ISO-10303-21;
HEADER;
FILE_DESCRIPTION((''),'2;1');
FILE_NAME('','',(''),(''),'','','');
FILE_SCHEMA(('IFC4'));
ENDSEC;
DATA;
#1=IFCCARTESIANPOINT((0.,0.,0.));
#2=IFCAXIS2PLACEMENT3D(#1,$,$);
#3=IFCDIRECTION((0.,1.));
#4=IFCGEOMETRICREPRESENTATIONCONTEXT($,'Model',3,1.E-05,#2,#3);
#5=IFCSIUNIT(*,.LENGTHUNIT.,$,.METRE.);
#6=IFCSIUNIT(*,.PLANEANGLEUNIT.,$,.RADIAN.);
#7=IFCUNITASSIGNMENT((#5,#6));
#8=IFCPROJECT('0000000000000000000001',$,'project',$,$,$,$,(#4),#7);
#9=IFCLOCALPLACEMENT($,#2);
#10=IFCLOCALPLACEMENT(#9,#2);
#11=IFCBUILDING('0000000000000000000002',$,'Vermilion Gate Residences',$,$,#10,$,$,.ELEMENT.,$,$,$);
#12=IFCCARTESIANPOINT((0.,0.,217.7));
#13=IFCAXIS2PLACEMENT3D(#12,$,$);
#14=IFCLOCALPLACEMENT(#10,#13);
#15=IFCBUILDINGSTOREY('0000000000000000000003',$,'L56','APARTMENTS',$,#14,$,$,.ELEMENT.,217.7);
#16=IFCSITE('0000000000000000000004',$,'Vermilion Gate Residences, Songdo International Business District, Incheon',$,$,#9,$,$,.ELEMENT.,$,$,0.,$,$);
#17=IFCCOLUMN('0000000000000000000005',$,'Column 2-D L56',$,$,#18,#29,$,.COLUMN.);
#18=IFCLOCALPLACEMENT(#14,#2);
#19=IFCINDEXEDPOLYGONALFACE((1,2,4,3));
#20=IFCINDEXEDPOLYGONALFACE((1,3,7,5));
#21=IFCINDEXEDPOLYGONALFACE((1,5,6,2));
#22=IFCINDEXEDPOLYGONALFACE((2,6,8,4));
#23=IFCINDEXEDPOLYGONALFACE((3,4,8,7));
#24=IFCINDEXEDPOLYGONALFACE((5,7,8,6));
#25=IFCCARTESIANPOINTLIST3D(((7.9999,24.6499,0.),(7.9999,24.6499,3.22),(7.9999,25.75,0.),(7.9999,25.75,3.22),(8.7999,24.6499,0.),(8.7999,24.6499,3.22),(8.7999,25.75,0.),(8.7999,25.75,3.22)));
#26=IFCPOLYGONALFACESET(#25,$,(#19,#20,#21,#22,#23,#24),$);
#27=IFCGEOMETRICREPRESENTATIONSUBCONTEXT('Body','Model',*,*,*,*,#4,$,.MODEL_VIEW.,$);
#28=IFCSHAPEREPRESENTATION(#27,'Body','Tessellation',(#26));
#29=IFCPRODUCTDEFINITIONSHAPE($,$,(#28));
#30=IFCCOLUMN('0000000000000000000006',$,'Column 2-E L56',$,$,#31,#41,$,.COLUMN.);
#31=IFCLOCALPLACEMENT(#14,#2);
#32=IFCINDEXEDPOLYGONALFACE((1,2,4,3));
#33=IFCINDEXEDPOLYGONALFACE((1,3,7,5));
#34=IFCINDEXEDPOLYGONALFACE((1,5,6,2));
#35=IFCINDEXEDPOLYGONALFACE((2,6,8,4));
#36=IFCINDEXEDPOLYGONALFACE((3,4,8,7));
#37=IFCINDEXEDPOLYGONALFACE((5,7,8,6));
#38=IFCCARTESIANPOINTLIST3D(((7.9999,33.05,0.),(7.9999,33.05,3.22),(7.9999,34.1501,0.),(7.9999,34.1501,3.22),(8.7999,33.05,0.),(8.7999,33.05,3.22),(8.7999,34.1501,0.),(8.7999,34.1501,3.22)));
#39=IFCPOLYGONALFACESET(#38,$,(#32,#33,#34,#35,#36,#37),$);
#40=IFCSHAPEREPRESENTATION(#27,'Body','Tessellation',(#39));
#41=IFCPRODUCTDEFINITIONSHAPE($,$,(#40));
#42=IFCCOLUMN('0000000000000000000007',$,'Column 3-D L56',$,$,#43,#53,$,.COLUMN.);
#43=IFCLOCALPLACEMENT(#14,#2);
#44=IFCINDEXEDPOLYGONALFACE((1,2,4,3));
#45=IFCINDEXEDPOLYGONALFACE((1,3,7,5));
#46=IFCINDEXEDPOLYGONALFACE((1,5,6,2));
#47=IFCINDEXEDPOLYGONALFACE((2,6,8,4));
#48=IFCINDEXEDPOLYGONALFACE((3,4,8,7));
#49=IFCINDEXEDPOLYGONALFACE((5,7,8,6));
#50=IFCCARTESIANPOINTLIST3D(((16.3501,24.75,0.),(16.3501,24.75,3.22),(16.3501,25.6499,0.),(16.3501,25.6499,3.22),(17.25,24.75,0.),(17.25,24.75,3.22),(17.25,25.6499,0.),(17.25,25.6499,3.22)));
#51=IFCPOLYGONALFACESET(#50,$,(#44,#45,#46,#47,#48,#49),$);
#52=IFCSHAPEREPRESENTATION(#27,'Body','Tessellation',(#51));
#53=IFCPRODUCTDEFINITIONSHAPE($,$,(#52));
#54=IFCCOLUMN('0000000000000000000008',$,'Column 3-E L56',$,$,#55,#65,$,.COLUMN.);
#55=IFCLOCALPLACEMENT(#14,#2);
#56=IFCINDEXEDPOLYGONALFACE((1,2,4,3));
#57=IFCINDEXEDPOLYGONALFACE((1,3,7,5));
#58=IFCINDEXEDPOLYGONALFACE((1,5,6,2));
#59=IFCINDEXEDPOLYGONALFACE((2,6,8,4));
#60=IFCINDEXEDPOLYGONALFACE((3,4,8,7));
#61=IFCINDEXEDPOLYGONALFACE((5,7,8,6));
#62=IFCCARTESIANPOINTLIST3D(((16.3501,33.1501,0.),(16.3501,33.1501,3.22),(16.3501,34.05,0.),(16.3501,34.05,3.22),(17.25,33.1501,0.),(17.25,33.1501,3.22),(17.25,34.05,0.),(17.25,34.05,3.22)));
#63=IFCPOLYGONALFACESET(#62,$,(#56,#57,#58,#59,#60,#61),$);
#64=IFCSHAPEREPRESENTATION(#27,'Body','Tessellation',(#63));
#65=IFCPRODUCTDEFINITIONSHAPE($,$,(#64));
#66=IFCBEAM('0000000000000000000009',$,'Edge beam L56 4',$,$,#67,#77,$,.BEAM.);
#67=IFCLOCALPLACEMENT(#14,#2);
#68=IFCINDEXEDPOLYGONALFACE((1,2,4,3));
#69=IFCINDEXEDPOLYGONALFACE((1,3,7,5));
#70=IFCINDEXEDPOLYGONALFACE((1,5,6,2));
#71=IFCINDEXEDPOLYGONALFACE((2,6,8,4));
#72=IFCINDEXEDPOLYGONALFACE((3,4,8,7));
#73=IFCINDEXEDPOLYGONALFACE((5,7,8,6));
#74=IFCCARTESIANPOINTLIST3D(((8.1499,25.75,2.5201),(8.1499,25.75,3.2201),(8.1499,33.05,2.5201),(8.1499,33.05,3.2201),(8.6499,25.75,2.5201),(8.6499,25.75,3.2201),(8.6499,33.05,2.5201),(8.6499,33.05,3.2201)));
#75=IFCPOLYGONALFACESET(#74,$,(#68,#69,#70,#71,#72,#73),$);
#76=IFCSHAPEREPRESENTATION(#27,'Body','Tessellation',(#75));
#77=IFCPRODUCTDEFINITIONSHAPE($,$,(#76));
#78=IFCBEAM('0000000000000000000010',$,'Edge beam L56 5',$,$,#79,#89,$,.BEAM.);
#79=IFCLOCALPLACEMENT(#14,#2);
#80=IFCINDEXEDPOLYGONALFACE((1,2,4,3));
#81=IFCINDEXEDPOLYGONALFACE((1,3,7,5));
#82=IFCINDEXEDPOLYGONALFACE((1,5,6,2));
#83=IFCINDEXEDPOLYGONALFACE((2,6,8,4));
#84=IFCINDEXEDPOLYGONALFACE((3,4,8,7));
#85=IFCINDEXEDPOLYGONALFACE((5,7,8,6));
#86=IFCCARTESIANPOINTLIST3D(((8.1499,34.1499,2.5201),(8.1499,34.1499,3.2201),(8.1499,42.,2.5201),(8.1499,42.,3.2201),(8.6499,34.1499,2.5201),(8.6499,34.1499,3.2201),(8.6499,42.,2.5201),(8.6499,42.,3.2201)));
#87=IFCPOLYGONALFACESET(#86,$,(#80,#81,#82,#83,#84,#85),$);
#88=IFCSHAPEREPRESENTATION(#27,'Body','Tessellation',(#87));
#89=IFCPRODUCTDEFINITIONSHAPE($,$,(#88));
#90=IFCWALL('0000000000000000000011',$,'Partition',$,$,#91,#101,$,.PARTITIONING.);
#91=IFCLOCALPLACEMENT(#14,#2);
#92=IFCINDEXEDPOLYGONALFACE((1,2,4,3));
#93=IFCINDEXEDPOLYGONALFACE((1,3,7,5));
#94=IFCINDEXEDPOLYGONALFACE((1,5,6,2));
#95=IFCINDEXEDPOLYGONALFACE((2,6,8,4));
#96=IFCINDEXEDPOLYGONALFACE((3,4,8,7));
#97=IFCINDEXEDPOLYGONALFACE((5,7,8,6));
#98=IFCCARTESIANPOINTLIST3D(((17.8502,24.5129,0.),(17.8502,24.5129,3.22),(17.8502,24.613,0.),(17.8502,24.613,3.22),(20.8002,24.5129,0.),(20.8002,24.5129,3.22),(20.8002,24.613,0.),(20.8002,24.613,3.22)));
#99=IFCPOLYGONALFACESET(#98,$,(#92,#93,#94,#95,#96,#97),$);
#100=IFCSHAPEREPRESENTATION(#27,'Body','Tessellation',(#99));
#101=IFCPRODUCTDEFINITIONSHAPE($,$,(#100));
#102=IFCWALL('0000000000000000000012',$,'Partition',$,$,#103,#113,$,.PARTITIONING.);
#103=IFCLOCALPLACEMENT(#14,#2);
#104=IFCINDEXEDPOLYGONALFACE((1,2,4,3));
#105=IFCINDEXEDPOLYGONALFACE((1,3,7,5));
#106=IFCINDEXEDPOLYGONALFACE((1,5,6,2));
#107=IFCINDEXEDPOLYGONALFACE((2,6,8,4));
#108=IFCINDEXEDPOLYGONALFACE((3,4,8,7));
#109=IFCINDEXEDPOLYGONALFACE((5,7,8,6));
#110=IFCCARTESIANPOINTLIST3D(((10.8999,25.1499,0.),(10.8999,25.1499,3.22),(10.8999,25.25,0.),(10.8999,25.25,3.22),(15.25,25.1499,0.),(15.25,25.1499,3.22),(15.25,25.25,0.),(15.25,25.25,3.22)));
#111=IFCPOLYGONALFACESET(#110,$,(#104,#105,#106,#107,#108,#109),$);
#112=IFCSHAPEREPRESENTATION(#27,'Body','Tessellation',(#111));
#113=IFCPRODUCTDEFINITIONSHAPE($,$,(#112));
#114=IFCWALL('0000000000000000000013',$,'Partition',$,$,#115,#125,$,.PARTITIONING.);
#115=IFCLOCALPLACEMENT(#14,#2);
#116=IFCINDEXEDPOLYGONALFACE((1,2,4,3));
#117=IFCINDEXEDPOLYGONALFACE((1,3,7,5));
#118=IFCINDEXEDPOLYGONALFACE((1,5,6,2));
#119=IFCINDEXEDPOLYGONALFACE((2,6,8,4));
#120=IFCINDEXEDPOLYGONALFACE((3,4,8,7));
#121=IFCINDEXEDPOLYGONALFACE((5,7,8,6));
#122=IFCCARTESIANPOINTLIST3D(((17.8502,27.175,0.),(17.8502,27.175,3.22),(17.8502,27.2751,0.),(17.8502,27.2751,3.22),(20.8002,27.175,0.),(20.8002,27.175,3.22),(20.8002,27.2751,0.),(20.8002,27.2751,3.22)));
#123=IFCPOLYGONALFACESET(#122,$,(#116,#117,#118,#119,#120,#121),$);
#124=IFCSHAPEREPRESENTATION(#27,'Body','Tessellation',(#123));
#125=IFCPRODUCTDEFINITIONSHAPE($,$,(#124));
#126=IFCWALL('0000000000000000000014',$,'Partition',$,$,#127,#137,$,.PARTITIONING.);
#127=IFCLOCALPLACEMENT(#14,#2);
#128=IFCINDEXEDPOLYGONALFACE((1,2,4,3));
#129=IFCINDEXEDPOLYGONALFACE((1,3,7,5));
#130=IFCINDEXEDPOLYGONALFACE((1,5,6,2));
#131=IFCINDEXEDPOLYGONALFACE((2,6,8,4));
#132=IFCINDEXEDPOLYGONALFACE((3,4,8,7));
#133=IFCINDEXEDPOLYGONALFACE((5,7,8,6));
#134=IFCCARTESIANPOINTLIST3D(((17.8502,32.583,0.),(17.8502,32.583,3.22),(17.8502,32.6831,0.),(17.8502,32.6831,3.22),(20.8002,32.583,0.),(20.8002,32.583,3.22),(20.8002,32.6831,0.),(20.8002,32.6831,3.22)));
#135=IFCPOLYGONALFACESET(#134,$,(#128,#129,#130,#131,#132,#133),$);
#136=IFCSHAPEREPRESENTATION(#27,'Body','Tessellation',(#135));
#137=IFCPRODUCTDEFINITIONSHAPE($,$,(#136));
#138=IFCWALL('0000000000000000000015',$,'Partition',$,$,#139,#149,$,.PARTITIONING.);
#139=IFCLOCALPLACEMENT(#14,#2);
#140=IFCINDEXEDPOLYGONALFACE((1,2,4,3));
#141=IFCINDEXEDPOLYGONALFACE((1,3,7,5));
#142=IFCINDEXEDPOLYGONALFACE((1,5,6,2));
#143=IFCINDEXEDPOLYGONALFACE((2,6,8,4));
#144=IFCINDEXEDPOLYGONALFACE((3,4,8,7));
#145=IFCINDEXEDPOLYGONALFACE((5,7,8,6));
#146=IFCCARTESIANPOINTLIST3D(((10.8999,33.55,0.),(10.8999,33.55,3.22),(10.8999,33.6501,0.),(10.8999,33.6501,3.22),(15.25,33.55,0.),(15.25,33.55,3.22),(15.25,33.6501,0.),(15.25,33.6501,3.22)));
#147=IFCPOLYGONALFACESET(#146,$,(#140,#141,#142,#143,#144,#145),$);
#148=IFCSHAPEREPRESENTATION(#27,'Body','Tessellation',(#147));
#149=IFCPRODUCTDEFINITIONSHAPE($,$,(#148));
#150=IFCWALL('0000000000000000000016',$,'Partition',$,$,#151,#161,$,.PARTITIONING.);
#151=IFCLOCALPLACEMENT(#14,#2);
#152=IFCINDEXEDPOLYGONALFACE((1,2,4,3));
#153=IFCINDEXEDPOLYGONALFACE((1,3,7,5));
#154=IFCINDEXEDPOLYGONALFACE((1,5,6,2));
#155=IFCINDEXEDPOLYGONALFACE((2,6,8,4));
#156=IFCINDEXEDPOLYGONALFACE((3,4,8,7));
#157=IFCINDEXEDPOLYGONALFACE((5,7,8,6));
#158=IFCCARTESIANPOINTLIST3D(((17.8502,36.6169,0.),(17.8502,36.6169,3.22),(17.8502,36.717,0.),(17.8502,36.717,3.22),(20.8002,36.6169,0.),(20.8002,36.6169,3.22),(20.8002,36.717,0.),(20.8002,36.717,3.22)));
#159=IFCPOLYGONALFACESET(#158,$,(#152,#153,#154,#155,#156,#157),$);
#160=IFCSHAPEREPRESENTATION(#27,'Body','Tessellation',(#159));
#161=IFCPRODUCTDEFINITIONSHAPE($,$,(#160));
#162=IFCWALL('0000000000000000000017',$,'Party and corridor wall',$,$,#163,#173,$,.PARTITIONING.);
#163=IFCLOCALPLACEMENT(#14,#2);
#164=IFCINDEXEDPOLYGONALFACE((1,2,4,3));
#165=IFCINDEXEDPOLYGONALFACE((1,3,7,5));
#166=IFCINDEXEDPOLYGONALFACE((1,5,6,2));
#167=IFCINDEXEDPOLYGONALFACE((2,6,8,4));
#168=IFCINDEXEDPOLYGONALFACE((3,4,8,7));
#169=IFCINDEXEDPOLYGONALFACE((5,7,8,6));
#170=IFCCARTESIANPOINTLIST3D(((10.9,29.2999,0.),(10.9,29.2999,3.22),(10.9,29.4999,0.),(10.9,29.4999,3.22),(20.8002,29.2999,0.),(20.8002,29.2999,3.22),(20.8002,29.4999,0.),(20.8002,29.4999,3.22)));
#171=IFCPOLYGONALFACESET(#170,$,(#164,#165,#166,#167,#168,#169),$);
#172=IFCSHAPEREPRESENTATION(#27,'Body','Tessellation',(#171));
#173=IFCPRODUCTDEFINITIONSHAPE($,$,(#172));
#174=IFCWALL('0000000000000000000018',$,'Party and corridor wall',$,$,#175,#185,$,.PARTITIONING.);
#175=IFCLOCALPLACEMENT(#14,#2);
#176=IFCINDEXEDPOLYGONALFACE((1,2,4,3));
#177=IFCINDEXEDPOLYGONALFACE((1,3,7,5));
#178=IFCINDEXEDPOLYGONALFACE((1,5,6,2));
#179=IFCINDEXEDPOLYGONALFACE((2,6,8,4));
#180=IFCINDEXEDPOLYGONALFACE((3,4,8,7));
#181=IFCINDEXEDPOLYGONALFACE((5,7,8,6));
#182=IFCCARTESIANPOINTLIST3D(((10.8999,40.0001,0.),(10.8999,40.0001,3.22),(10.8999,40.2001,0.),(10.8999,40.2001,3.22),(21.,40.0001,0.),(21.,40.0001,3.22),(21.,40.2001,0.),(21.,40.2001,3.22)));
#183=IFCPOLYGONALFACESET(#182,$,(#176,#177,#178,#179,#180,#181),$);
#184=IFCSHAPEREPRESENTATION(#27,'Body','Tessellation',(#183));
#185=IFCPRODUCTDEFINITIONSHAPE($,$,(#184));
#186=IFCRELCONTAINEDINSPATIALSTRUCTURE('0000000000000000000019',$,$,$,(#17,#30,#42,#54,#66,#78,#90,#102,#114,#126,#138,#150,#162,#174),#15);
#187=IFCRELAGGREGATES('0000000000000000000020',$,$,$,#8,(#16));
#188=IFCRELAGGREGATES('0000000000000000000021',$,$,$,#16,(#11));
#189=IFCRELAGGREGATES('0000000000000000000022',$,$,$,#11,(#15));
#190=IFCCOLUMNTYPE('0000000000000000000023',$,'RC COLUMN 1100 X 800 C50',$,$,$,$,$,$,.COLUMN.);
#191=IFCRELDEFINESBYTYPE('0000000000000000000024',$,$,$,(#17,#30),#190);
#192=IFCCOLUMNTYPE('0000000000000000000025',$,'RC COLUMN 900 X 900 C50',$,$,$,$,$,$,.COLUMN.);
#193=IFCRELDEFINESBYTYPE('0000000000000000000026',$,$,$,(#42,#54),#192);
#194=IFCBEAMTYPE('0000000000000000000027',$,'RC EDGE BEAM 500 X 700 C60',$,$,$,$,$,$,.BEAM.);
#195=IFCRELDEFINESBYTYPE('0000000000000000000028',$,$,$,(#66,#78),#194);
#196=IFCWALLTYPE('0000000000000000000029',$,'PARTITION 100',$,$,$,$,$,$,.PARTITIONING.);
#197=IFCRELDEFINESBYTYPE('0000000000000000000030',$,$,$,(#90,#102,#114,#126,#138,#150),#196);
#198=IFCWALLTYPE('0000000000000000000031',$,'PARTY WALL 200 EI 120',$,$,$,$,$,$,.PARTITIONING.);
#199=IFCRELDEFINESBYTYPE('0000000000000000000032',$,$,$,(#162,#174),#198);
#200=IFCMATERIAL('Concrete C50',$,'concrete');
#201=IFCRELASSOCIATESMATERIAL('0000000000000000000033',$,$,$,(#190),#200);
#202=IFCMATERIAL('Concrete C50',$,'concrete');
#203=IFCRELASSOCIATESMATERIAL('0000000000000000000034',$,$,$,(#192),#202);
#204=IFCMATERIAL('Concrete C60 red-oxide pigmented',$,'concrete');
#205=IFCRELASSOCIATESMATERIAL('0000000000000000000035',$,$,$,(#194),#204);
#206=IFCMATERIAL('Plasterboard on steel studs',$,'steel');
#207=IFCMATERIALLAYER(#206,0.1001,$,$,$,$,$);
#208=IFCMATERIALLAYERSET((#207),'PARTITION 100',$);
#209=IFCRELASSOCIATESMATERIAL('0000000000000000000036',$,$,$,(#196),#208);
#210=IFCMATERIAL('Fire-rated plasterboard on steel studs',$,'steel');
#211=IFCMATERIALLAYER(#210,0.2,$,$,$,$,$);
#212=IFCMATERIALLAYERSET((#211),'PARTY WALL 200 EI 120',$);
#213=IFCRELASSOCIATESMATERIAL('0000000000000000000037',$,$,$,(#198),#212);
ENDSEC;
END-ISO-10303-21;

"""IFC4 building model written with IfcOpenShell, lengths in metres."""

from ifc_helpers import new_model, si_unit, direction, frame, frame_2d, origin, origin_2d, place, context, subcontext, project, spatial, rectangle, extrude, material, layer, layer_set, material_profile, profile_set, type_object, element, save


model = new_model("IFC4")

# Units and contexts
model_context = context("Model", 3, precision=1e-05, world=origin(), true_north=direction((0.0, 1.0)))
body_context = subcontext(model_context, "Body", "Model", "MODEL_VIEW")
ifc_project = project(units=[si_unit("LENGTHUNIT", "METRE"), si_unit("PLANEANGLEUNIT", "RADIAN")], contexts=[model_context])

# Site, building, storey
site_placement = place(None, origin())
site = spatial("IfcSite", under=ifc_project, at=site_placement, Name="Vermilion Gate Residences, Songdo International Business District, Incheon", CompositionType="ELEMENT", RefElevation=0.0)
building_placement = place(site_placement, origin())
building = spatial("IfcBuilding", under=site, at=building_placement, Name="Vermilion Gate Residences", CompositionType="ELEMENT")
storey_placement = place(building_placement, frame((0.0, 0.0, 217.7)))
storey = spatial("IfcBuildingStorey", under=building, at=storey_placement, Name="L56", Description="APARTMENTS", CompositionType="ELEMENT", Elevation=217.7)

# Columns
ifc_material_1 = material(Name="Concrete C50", Category="concrete")
ifc_material_profile_1 = material_profile(ifc_material_1, rectangle(XDim=1.1001, YDim=0.8, at=origin_2d()), Name="RC-1100x800")
ifc_profile_set_1 = profile_set([ifc_material_profile_1], Name="Concrete C50")
column_type_1 = type_object("IfcColumnType", Name="RC COLUMN 1100 X 800 C50", PredefinedType="COLUMN", material=ifc_profile_set_1)
for number, where, z_axis, x_axis, name in (
    (1, (8.3999, 25.2, 0.0), (0.0, 0.0, 1.0), (0.0, 1.0, 0.0), "Column 2-D L56"),
    (2, (8.3999, 33.6001, 0.0), (0.0, 0.0, 1.0), (0.0, 1.0, 0.0), "Column 2-E L56"),
):
    element("IfcColumn", number, at=place(storey_placement, frame(where, z_axis=z_axis, x_axis=x_axis)), inside=storey, type_object=column_type_1, Name=name, PredefinedType="COLUMN", context=body_context, shape_type="SweptSolid", body=[
        extrude(rectangle(XDim=1.1001, YDim=0.8, at=origin_2d()), origin(), (0.0, 0.0, 1.0), 3.22),
    ])
ifc_material_2 = material(Name="Concrete C50", Category="concrete")
ifc_material_profile_2 = material_profile(ifc_material_2, rectangle(XDim=0.8999, YDim=0.8999, at=origin_2d()), Name="RC-900x900")
ifc_profile_set_2 = profile_set([ifc_material_profile_2], Name="Concrete C50")
column_type_2 = type_object("IfcColumnType", Name="RC COLUMN 900 X 900 C50", PredefinedType="COLUMN", material=ifc_profile_set_2)
for number, where, z_axis, x_axis, name in (
    (3, (16.8, 25.2, 0.0), (0.0, 0.0, 1.0), (1.0, 0.0, 0.0), "Column 3-D L56"),
    (4, (16.8, 33.6001, 0.0), (0.0, 0.0, 1.0), (1.0, 0.0, 0.0), "Column 3-E L56"),
):
    element("IfcColumn", number, at=place(storey_placement, frame(where, z_axis=z_axis, x_axis=x_axis)), inside=storey, type_object=column_type_2, Name=name, PredefinedType="COLUMN", context=body_context, shape_type="SweptSolid", body=[
        extrude(rectangle(XDim=0.8999, YDim=0.8999, at=origin_2d()), origin(), (0.0, 0.0, 1.0), 3.22),
    ])

# Beams
ifc_material_3 = material(Name="Concrete C60 red-oxide pigmented", Category="concrete")
ifc_material_profile_3 = material_profile(ifc_material_3, rectangle(XDim=0.5, YDim=0.7, at=origin_2d()), Name="RC-500x700")
ifc_profile_set_3 = profile_set([ifc_material_profile_3], Name="Concrete C60 red-oxide pigmented")
beam_type = type_object("IfcBeamType", Name="RC EDGE BEAM 500 X 700 C60", PredefinedType="BEAM", material=ifc_profile_set_3)
beam_1_placement = place(storey_placement, frame((8.3999, 25.75, 2.8701), z_axis=(0.0, 1.0, 0.0), x_axis=(-1.0, 0.0, 0.0)))
element("IfcBeam", 5, at=beam_1_placement, inside=storey, type_object=beam_type, Name="Edge beam L56 4", PredefinedType="BEAM", context=body_context, shape_type="SweptSolid", body=[
    extrude(rectangle(XDim=0.5, YDim=0.7, at=origin_2d()), origin(), (0.0, 0.0, 1.0), 7.3),
])
beam_2_placement = place(storey_placement, frame((8.3999, 34.1499, 2.8701), z_axis=(0.0, 1.0, 0.0), x_axis=(-1.0, 0.0, 0.0)))
element("IfcBeam", 6, at=beam_2_placement, inside=storey, type_object=beam_type, Name="Edge beam L56 5", PredefinedType="BEAM", context=body_context, shape_type="SweptSolid", body=[
    extrude(rectangle(XDim=0.5, YDim=0.7, at=origin_2d()), origin(), (0.0, 0.0, 1.0), 7.8501),
])

# Walls
ifc_material_4 = material(Name="Plasterboard on steel studs", Category="steel")
ifc_layer_1 = layer(ifc_material_4, 0.1001)
ifc_layer_set_1 = layer_set([ifc_layer_1], Name="PARTITION 100")
wall_type_1 = type_object("IfcWallType", Name="PARTITION 100", PredefinedType="PARTITIONING", material=ifc_layer_set_1)
wall_1_placement = place(storey_placement, frame((17.8501, 24.563, 0.0), z_axis=(0.0, 0.0, 1.0), x_axis=(1.0, 0.0, 0.0)))
element("IfcWall", 7, at=wall_1_placement, inside=storey, type_object=wall_type_1, Name="Partition", PredefinedType="PARTITIONING", context=body_context, shape_type="SweptSolid", body=[
    extrude(rectangle(XDim=2.95, YDim=0.1001, at=frame_2d((1.4751, 0.0))), origin(), (0.0, 0.0, 1.0), 3.22),
])
wall_2_placement = place(storey_placement, frame((10.8999, 25.2, 0.0), z_axis=(0.0, 0.0, 1.0), x_axis=(1.0, 0.0, 0.0)))
element("IfcWall", 8, at=wall_2_placement, inside=storey, type_object=wall_type_1, Name="Partition", PredefinedType="PARTITIONING", context=body_context, shape_type="SweptSolid", body=[
    extrude(rectangle(XDim=4.3501, YDim=0.1001, at=frame_2d((2.175, 0.0))), origin(), (0.0, 0.0, 1.0), 3.22),
])
for number, where, z_axis, x_axis, name in (
    (9, (17.8501, 27.2251, 0.0), (0.0, 0.0, 1.0), (1.0, 0.0, 0.0), "Partition"),
    (10, (17.8501, 32.6331, 0.0), (0.0, 0.0, 1.0), (1.0, 0.0, 0.0), "Partition"),
):
    element("IfcWall", number, at=place(storey_placement, frame(where, z_axis=z_axis, x_axis=x_axis)), inside=storey, type_object=wall_type_1, Name=name, PredefinedType="PARTITIONING", context=body_context, shape_type="SweptSolid", body=[
        extrude(rectangle(XDim=2.95, YDim=0.1001, at=frame_2d((1.4751, 0.0))), origin(), (0.0, 0.0, 1.0), 3.22),
    ])
wall_3_placement = place(storey_placement, frame((10.8999, 33.6001, 0.0), z_axis=(0.0, 0.0, 1.0), x_axis=(1.0, 0.0, 0.0)))
element("IfcWall", 11, at=wall_3_placement, inside=storey, type_object=wall_type_1, Name="Partition", PredefinedType="PARTITIONING", context=body_context, shape_type="SweptSolid", body=[
    extrude(rectangle(XDim=4.3501, YDim=0.1001, at=frame_2d((2.175, 0.0))), origin(), (0.0, 0.0, 1.0), 3.22),
])
wall_4_placement = place(storey_placement, frame((17.8501, 36.667, 0.0), z_axis=(0.0, 0.0, 1.0), x_axis=(1.0, 0.0, 0.0)))
element("IfcWall", 12, at=wall_4_placement, inside=storey, type_object=wall_type_1, Name="Partition", PredefinedType="PARTITIONING", context=body_context, shape_type="SweptSolid", body=[
    extrude(rectangle(XDim=2.95, YDim=0.1001, at=frame_2d((1.4751, 0.0))), origin(), (0.0, 0.0, 1.0), 3.22),
])
ifc_material_5 = material(Name="Fire-rated plasterboard on steel studs", Category="steel")
ifc_layer_2 = layer(ifc_material_5, 0.2)
ifc_layer_set_2 = layer_set([ifc_layer_2], Name="PARTY WALL 200 EI 120")
wall_type_2 = type_object("IfcWallType", Name="PARTY WALL 200 EI 120", PredefinedType="PARTITIONING", material=ifc_layer_set_2)
wall_5_placement = place(storey_placement, frame((10.8999, 29.3999, 0.0), z_axis=(0.0, 0.0, 1.0), x_axis=(1.0, 0.0, 0.0)))
element("IfcWall", 13, at=wall_5_placement, inside=storey, type_object=wall_type_2, Name="Party and corridor wall", PredefinedType="PARTITIONING", context=body_context, shape_type="SweptSolid", body=[
    extrude(rectangle(XDim=9.9001, YDim=0.2, at=frame_2d((4.9502, 0.0))), origin(), (0.0, 0.0, 1.0), 3.22),
])
wall_6_placement = place(storey_placement, frame((10.8999, 40.1001, 0.0), z_axis=(0.0, 0.0, 1.0), x_axis=(1.0, 0.0, 0.0)))
element("IfcWall", 14, at=wall_6_placement, inside=storey, type_object=wall_type_2, Name="Party and corridor wall", PredefinedType="PARTITIONING", context=body_context, shape_type="SweptSolid", body=[
    extrude(rectangle(XDim=10.1001, YDim=0.2, at=frame_2d((5.05, 0.0))), origin(), (0.0, 0.0, 1.0), 3.22),
])

save(model, "model.ifc")
